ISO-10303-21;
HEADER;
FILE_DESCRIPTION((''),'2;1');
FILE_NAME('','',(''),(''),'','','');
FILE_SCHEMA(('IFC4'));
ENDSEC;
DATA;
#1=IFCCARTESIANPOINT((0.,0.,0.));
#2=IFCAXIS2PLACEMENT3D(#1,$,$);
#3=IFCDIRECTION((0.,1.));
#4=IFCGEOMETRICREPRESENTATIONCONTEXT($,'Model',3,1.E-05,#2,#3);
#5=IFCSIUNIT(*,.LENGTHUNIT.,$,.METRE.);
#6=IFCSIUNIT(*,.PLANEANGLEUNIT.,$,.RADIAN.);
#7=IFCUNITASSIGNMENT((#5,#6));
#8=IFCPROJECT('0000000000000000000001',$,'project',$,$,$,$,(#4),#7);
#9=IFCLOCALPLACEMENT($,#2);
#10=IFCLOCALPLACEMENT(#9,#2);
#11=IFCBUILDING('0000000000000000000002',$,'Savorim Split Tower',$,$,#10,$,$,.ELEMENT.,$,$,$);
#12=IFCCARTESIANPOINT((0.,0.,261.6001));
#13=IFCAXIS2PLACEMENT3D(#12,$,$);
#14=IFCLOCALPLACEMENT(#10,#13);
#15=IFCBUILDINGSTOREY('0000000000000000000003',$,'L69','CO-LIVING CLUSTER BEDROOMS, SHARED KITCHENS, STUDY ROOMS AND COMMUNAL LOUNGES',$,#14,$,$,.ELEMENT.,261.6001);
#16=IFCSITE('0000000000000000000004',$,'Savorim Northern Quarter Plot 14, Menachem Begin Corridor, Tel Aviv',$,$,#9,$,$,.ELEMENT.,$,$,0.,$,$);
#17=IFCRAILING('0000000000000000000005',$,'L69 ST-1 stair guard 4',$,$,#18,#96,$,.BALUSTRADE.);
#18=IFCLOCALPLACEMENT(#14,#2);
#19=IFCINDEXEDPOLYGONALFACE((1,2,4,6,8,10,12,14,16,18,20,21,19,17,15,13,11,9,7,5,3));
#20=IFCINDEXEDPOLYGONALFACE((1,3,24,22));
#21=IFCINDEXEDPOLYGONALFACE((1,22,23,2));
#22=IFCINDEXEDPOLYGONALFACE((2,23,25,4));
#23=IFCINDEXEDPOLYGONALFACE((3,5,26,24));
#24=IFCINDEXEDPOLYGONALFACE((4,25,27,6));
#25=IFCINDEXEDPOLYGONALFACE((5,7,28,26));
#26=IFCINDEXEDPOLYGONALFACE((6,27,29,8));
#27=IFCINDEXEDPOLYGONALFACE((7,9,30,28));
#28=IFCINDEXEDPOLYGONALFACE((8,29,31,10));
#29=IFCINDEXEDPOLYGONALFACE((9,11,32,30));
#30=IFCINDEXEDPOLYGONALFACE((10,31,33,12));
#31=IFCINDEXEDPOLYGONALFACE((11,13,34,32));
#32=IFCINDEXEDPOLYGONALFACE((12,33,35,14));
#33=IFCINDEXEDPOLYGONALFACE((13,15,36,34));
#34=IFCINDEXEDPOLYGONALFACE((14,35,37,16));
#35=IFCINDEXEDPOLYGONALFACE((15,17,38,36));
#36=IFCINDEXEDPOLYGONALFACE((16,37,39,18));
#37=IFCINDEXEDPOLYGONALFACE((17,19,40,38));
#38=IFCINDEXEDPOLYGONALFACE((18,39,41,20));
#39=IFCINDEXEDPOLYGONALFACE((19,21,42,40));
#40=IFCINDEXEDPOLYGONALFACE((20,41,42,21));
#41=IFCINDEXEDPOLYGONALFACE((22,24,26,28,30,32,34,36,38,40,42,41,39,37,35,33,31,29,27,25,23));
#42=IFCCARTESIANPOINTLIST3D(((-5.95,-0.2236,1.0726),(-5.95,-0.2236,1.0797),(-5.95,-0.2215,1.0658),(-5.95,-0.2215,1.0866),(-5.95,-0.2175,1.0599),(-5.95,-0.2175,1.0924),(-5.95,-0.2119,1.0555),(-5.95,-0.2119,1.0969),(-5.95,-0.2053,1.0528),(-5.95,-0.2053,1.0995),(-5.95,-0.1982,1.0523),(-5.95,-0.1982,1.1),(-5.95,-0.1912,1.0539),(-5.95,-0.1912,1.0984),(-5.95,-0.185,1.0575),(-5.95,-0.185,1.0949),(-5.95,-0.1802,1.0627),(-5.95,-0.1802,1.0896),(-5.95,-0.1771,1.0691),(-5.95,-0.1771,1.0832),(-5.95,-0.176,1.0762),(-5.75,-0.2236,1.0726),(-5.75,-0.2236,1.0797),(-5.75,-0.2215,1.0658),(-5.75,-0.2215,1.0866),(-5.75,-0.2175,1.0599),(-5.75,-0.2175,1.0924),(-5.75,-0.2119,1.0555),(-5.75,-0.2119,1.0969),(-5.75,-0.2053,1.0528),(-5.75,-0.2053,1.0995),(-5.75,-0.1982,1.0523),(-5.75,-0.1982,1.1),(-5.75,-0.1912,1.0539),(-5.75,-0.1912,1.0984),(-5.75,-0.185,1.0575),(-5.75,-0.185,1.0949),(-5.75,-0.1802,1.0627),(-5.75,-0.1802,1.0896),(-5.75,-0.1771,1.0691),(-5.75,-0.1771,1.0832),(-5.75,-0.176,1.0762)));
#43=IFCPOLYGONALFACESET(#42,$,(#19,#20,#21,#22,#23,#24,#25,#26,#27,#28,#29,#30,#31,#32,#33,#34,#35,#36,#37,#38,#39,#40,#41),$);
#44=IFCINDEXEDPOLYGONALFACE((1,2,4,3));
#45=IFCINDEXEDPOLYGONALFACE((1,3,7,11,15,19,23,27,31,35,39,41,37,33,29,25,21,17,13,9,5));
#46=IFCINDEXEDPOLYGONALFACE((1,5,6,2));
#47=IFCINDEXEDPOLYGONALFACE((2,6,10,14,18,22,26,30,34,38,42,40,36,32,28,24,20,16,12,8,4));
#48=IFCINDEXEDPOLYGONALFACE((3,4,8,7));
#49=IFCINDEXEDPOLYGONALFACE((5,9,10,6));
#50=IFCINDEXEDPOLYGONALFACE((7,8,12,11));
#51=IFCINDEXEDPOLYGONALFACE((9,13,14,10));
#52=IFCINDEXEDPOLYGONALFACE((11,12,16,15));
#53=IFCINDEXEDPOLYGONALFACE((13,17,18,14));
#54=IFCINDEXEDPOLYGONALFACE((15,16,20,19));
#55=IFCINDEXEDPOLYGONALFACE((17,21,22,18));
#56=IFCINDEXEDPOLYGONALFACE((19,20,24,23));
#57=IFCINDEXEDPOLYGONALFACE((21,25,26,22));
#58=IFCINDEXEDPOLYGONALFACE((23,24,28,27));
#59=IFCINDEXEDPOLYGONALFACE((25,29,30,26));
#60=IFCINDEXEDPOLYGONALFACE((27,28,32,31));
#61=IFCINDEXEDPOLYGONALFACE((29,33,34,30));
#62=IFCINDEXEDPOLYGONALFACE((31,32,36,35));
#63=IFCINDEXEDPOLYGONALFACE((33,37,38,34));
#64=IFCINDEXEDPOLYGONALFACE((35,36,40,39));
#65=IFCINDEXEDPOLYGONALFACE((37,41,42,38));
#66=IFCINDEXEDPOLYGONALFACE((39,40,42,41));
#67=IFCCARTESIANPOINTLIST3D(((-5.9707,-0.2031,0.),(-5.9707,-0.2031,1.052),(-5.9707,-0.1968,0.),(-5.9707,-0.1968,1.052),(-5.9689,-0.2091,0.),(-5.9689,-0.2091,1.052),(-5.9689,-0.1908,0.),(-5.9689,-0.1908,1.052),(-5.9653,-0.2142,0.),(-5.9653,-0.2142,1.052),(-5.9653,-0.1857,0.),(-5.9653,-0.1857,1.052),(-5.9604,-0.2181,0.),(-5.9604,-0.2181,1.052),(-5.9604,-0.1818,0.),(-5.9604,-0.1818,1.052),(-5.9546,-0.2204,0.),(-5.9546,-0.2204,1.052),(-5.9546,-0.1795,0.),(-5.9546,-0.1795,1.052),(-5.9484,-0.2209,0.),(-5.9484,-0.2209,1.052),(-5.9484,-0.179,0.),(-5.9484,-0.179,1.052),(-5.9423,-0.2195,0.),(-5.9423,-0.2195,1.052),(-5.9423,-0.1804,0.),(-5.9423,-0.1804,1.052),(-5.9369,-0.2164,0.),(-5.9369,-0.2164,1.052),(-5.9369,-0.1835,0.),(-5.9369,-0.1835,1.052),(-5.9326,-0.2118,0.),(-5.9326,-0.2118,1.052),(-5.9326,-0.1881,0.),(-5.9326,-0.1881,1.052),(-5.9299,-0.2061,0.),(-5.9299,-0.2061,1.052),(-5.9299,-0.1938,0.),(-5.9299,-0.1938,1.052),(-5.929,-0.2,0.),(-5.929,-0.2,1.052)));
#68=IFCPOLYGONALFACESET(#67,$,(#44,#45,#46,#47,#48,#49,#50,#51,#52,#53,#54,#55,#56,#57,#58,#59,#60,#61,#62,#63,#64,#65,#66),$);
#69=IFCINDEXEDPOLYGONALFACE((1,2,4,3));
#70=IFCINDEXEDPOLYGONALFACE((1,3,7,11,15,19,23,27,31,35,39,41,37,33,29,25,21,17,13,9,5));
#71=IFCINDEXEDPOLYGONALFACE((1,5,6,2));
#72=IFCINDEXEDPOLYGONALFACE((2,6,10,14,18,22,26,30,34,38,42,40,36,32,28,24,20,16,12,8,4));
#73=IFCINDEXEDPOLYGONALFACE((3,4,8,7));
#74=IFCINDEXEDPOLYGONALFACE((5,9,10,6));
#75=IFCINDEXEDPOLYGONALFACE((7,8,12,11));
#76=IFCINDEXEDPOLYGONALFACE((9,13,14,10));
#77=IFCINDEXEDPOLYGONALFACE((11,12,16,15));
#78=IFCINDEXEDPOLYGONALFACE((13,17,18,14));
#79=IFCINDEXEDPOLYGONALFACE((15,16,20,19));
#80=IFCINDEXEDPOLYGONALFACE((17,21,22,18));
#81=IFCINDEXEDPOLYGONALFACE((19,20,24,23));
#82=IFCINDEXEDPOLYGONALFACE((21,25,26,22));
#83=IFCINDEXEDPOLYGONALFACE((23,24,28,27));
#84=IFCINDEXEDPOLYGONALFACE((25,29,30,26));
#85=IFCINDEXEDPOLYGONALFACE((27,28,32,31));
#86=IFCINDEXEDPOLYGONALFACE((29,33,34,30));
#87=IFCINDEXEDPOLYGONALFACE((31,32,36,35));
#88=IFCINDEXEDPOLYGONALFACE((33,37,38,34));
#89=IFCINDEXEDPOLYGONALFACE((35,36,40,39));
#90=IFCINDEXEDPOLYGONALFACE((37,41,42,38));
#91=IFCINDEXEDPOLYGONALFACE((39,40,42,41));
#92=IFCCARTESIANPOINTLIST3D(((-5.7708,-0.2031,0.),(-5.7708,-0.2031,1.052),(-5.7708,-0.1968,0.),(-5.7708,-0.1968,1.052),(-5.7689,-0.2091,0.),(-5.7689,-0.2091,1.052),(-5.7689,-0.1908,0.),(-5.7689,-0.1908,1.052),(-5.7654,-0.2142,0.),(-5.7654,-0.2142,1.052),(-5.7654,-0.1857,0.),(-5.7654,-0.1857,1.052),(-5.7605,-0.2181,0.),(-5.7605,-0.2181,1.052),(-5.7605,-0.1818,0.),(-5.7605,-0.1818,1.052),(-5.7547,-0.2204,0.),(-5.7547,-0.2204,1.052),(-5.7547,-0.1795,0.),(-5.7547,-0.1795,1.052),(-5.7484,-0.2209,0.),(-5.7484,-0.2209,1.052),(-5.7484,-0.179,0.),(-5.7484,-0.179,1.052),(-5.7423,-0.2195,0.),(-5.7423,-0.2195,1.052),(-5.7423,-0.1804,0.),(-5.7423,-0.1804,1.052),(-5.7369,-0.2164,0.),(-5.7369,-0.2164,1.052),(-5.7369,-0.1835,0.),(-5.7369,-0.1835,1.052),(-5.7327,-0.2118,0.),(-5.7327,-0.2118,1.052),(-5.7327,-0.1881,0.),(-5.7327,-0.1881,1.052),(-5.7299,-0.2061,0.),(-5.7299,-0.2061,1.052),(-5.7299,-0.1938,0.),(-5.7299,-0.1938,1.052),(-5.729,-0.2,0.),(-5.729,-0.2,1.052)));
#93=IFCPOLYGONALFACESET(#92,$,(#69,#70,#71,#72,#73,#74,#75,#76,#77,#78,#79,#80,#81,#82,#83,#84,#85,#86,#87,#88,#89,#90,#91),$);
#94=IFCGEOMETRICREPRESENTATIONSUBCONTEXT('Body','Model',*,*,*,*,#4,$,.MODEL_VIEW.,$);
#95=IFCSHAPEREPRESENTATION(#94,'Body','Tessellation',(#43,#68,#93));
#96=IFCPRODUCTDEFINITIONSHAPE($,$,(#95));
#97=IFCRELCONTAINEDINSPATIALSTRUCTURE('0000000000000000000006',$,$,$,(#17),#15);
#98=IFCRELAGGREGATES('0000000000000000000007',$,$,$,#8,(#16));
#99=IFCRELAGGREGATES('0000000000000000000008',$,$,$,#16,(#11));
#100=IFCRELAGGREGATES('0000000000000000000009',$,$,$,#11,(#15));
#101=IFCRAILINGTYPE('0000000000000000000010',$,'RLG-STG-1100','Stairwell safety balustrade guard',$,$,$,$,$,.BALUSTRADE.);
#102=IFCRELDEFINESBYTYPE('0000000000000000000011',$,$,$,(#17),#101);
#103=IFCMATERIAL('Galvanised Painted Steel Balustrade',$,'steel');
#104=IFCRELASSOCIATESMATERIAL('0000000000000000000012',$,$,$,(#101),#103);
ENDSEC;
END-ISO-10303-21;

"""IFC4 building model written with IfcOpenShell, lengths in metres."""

from ifc_helpers import new_model, si_unit, direction, frame, origin, origin_2d, place, context, subcontext, project, spatial, circle, extrude, material, type_object, element, save


model = new_model("IFC4")

# Units and contexts
model_context = context("Model", 3, precision=1e-05, world=origin(), true_north=direction((0.0, 1.0)))
body_context = subcontext(model_context, "Body", "Model", "MODEL_VIEW")
ifc_project = project(units=[si_unit("LENGTHUNIT", "METRE"), si_unit("PLANEANGLEUNIT", "RADIAN")], contexts=[model_context])

# Site, building, storey
site_placement = place(None, origin())
site = spatial("IfcSite", under=ifc_project, at=site_placement, Name="Savorim Northern Quarter Plot 14, Menachem Begin Corridor, Tel Aviv", CompositionType="ELEMENT", RefElevation=0.0)
building_placement = place(site_placement, origin())
building = spatial("IfcBuilding", under=site, at=building_placement, Name="Savorim Split Tower", CompositionType="ELEMENT")
storey_placement = place(building_placement, frame((0.0, 0.0, 261.6001)))
storey = spatial("IfcBuildingStorey", under=building, at=storey_placement, Name="L69", Description="CO-LIVING CLUSTER BEDROOMS, SHARED KITCHENS, STUDY ROOMS AND COMMUNAL LOUNGES", CompositionType="ELEMENT", Elevation=261.6001)

# Railing
ifc_material_1 = material(Name="Galvanised Painted Steel Balustrade", Category="steel")
railing_type_1 = type_object("IfcRailingType", Name="RLG-STG-1100", Description="Stairwell safety balustrade guard", PredefinedType="BALUSTRADE", material=ifc_material_1)
railing_1_placement = place(storey_placement, frame((-5.95, -0.2, 0.0)))
element("IfcRailing", 1, at=railing_1_placement, inside=storey, type_object=railing_type_1, Name="L69 ST-1 stair guard 4", PredefinedType="BALUSTRADE", context=body_context, shape_type="SweptSolid", body=[
    extrude(circle(Radius=0.0239, at=origin_2d()), frame((0.0, 0.0, 1.0762), z_axis=(1.0, 0.0, 0.0), x_axis=(0.0, 1.0, 0.0)), (0.0, 0.0, 1.0), 0.2),
    extrude(circle(Radius=0.021, at=origin_2d()), origin(), (0.0, 0.0, 1.0), 1.052),
    extrude(circle(Radius=0.021, at=origin_2d()), frame((0.2, 0.0, 0.0)), (0.0, 0.0, 1.0), 1.052),
])

save(model, "model.ifc")
